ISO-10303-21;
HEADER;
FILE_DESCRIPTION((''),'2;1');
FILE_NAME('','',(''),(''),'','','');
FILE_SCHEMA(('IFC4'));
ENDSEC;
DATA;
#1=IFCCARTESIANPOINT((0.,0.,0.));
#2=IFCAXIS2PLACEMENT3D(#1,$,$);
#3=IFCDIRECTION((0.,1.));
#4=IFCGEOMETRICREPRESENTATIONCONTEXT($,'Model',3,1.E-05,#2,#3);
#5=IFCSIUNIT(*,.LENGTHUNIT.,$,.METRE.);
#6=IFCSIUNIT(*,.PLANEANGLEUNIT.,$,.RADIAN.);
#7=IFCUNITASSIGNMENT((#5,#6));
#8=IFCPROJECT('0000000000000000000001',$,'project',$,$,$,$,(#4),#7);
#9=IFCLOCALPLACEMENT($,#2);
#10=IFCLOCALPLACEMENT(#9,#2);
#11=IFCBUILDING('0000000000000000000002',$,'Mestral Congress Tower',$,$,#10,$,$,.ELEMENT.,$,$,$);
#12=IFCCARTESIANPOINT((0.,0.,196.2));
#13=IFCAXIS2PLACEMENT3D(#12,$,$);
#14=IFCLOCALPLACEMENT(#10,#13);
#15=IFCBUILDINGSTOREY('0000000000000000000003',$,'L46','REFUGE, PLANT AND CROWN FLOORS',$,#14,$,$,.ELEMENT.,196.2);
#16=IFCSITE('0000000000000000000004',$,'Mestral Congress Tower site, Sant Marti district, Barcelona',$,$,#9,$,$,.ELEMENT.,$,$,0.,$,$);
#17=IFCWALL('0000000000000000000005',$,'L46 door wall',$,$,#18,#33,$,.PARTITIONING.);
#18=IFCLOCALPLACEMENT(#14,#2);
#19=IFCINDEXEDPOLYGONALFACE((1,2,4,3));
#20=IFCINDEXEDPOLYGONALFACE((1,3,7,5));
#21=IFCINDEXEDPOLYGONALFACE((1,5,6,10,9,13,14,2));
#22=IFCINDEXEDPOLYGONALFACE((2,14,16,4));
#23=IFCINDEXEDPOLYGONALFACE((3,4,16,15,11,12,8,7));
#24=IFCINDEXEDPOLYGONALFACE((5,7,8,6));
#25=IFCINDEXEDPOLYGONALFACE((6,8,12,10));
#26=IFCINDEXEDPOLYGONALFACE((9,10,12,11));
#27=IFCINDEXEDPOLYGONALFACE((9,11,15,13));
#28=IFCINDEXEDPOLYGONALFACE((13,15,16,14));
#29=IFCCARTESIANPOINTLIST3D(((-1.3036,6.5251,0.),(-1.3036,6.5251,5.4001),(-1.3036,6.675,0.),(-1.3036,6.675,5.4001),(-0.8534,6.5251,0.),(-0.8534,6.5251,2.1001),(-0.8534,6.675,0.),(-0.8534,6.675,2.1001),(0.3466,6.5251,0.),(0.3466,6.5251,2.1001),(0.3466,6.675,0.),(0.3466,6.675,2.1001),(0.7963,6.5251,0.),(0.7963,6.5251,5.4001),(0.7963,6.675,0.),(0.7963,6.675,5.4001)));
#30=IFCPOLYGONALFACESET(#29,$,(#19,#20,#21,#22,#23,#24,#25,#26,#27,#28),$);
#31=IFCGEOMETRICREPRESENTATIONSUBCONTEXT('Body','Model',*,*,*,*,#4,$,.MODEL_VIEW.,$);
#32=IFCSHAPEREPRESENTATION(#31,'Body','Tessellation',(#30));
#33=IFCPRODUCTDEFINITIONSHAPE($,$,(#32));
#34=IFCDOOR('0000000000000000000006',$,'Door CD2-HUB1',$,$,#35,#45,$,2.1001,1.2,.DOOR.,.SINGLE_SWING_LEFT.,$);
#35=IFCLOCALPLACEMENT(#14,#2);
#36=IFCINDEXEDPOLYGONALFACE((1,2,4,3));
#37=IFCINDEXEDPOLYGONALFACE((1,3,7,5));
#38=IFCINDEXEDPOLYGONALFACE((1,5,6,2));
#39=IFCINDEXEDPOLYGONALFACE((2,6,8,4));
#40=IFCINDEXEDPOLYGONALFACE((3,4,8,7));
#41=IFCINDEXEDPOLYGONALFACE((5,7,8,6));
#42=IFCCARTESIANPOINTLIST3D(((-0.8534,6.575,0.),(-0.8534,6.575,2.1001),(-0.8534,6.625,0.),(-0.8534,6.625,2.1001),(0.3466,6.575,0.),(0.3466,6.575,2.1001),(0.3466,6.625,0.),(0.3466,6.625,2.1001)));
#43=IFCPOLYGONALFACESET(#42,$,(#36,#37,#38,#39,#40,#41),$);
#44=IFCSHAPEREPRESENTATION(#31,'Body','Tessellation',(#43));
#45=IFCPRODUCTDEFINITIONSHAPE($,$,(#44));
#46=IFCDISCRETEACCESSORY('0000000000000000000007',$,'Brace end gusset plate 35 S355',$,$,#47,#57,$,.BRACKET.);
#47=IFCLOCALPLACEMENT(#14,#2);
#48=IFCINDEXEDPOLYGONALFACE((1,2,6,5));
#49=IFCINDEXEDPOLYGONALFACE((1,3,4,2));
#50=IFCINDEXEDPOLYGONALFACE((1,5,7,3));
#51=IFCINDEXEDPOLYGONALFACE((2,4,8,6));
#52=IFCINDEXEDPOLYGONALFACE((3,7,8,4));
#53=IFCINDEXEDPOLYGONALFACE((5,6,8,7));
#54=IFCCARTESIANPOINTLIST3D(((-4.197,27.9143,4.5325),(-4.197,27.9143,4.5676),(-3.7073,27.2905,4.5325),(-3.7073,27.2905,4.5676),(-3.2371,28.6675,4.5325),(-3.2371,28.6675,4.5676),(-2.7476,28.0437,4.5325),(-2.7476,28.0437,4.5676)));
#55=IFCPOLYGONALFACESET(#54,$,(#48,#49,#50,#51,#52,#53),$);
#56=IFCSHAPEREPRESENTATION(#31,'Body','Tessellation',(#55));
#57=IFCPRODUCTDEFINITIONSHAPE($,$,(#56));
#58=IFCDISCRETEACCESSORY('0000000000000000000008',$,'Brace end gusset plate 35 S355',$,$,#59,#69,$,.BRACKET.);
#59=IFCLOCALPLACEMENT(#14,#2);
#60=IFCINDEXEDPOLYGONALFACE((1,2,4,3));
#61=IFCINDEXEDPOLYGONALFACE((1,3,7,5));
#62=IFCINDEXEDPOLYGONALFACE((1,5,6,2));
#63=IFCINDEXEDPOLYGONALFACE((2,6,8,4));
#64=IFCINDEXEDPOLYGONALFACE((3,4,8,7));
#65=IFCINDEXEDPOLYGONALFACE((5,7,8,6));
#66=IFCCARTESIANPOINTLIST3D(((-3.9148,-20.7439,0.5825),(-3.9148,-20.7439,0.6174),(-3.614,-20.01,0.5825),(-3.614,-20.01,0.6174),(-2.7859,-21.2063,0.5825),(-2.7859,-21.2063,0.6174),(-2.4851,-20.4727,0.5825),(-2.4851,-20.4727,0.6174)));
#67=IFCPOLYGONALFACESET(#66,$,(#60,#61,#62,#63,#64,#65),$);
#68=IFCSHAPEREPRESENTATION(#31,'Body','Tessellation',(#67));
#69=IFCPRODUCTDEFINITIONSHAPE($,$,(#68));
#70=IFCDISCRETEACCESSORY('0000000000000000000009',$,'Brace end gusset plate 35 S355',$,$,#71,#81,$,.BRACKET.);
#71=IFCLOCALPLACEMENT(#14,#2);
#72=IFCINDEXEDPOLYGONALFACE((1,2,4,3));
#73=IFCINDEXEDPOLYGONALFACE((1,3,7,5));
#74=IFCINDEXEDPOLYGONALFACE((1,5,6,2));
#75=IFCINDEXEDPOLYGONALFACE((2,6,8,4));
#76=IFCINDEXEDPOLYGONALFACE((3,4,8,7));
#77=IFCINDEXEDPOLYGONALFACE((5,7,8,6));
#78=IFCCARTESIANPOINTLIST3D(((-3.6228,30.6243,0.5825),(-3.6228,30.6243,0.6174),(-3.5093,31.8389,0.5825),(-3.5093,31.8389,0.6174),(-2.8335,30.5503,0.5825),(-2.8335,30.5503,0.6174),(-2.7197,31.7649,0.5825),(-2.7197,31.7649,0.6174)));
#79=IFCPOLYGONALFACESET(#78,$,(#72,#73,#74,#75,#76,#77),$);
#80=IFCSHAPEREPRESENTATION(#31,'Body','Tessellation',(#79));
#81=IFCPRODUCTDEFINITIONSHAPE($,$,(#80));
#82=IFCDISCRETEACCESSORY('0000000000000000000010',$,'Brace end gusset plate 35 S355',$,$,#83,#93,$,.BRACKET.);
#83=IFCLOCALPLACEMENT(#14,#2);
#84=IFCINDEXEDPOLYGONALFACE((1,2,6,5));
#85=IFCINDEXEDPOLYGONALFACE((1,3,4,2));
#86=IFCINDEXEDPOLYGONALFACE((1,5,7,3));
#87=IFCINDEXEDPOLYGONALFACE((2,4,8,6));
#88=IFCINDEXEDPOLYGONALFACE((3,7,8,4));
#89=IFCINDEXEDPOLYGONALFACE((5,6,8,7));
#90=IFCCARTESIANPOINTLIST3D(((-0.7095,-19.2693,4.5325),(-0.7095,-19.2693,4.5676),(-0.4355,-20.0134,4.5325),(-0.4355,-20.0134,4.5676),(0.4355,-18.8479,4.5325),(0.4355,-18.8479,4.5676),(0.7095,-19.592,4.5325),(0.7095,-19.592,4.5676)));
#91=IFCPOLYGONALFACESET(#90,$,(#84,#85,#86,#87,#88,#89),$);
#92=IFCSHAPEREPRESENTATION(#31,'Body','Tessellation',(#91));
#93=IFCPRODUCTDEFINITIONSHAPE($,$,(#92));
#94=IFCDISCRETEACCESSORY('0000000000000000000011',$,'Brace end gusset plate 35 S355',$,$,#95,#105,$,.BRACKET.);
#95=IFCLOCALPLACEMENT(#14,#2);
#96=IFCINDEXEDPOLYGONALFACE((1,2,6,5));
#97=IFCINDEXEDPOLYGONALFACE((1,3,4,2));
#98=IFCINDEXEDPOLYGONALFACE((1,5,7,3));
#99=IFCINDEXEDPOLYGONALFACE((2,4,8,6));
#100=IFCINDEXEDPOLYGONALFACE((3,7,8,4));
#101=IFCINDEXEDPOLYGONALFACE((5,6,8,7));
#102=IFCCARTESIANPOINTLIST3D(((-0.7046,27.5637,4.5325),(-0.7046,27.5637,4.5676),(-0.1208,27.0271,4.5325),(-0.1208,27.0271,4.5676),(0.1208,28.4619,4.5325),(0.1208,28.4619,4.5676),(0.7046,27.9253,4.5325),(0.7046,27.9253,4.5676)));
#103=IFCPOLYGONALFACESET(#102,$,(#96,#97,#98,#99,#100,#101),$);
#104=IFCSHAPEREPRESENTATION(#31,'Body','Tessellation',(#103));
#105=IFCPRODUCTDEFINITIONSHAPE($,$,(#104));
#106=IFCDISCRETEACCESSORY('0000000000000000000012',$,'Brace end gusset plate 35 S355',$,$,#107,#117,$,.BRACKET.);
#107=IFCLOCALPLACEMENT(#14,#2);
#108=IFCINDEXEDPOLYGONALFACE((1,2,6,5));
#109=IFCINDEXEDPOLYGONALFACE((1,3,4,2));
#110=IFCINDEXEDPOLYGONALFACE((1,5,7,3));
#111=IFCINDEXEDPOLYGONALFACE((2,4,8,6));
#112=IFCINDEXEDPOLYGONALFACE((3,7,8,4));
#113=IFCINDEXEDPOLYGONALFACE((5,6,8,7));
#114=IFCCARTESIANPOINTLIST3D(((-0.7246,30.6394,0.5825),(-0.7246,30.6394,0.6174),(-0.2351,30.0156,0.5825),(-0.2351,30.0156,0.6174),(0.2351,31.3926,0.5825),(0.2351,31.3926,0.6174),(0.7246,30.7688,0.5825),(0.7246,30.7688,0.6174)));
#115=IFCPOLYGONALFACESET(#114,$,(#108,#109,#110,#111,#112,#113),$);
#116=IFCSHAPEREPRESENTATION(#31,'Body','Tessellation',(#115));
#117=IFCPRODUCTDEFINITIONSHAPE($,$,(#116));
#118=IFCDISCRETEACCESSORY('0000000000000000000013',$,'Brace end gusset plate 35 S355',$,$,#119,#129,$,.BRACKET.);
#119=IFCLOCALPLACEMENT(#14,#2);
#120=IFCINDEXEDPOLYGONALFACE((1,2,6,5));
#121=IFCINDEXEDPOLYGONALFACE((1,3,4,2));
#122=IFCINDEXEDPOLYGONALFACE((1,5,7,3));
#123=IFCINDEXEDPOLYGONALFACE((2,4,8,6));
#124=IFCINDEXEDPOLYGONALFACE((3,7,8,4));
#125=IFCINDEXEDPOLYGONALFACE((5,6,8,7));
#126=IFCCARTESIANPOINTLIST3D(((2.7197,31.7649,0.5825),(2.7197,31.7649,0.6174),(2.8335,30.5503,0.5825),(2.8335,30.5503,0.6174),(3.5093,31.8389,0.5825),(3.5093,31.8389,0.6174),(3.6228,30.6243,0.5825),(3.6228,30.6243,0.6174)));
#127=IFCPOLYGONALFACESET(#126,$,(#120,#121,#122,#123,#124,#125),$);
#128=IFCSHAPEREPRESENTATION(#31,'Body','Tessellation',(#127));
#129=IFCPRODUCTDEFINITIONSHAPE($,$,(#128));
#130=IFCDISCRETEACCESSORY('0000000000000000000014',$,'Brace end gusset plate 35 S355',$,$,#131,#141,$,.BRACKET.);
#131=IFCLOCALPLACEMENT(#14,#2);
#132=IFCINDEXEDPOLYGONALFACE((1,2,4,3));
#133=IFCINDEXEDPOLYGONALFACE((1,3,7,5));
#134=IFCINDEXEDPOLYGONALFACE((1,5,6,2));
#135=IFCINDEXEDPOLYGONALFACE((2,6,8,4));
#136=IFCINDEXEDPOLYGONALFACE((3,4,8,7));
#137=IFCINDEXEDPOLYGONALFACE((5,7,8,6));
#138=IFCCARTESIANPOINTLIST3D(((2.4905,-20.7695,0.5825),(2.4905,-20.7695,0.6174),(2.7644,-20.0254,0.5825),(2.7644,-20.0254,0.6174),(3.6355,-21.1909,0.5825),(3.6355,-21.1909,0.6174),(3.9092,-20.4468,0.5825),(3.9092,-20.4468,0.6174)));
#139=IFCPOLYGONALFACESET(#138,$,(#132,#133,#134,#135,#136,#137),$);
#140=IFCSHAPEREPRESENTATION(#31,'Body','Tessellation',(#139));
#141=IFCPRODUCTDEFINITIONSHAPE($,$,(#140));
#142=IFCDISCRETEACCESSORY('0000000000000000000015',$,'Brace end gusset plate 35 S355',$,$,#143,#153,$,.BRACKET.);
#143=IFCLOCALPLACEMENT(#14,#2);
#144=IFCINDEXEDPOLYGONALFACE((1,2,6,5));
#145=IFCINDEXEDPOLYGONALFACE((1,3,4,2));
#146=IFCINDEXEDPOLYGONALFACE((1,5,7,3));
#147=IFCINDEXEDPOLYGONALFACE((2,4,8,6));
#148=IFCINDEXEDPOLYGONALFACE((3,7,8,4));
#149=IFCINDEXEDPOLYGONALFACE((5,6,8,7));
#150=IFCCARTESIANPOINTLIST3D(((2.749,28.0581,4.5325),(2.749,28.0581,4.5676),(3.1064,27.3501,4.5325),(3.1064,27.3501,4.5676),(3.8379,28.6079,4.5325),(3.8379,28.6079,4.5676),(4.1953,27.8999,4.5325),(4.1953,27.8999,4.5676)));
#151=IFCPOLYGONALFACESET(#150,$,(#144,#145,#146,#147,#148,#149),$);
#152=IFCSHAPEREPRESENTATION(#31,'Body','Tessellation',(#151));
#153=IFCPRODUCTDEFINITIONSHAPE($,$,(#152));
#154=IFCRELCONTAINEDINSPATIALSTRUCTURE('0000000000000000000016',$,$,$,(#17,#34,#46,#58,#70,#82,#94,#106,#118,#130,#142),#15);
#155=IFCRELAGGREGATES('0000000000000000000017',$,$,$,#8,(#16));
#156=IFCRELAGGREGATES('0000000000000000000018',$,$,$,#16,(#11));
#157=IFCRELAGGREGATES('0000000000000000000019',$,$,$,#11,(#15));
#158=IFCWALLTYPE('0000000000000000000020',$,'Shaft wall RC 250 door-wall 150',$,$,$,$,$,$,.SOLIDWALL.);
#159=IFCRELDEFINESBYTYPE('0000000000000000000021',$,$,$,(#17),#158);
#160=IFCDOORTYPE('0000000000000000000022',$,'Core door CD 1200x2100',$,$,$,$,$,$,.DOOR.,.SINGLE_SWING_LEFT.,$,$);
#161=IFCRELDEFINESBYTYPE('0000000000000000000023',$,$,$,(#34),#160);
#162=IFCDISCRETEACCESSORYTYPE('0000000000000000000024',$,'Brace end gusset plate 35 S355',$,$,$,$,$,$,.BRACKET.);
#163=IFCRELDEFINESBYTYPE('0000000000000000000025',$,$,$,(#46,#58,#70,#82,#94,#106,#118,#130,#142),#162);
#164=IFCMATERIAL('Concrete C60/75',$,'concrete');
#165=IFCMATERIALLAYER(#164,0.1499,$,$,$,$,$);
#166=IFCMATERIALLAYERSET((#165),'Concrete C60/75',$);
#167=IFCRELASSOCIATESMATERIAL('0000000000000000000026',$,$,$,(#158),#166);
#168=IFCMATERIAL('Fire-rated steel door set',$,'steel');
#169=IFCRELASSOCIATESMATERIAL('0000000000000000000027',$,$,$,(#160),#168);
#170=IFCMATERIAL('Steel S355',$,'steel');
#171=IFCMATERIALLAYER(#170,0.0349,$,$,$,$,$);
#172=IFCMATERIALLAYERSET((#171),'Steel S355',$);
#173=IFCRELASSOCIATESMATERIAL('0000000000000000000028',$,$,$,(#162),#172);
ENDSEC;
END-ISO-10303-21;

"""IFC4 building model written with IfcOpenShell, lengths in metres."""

from ifc_helpers import new_model, si_unit, direction, frame, frame_2d, origin, place, context, subcontext, project, spatial, polyline, rectangle, outline, extrude, material, layer, layer_set, type_object, element, fill, save


model = new_model("IFC4")

# Units and contexts
model_context = context("Model", 3, precision=1e-05, world=origin(), true_north=direction((0.0, 1.0)))
body_context = subcontext(model_context, "Body", "Model", "MODEL_VIEW")
ifc_project = project(units=[si_unit("LENGTHUNIT", "METRE"), si_unit("PLANEANGLEUNIT", "RADIAN")], contexts=[model_context])

# Site, building, storey
site_placement = place(None, origin())
site = spatial("IfcSite", under=ifc_project, at=site_placement, Name="Mestral Congress Tower site, Sant Marti district, Barcelona", CompositionType="ELEMENT", RefElevation=0.0)
building_placement = place(site_placement, origin())
building = spatial("IfcBuilding", under=site, at=building_placement, Name="Mestral Congress Tower", CompositionType="ELEMENT")
storey_placement = place(building_placement, frame((0.0, 0.0, 196.2)))
storey = spatial("IfcBuildingStorey", under=building, at=storey_placement, Name="L46", Description="REFUGE, PLANT AND CROWN FLOORS", CompositionType="ELEMENT", Elevation=196.2)

# Shared definitions
ifc_material_1 = material(Name="Fire-rated steel door set", Category="steel")

# Shared definitions
ifc_material_2 = material(Name="Concrete C60/75", Category="concrete")

# Wall, opening, door
ifc_layer_1 = layer(ifc_material_2, 0.1499)
ifc_layer_set_1 = layer_set([ifc_layer_1], Name="Concrete C60/75")
wall_type_1 = type_object("IfcWallType", Name="Shaft wall RC 250 door-wall 150", PredefinedType="SOLIDWALL", material=ifc_layer_set_1)
wall_1_placement = place(storey_placement, frame((-1.3035, 6.6001, 0.0), z_axis=(0.0, 0.0, 1.0), x_axis=(1.0, 0.0, 0.0)))
wall_1 = element("IfcWall", 1, at=wall_1_placement, inside=storey, type_object=wall_type_1, Name="L46 door wall", PredefinedType="PARTITIONING", context=body_context, shape_type="SweptSolid", body=[
    extrude(rectangle(XDim=2.0999, YDim=0.1499, at=frame_2d((1.0498, 0.0))), origin(), (0.0, 0.0, 1.0), 5.4001),
])
opening_1_placement = place(wall_1_placement, frame((0.45, 0.0, 0.0)))
opening_1 = element("IfcOpeningElement", 2, at=opening_1_placement, cuts=wall_1, PredefinedType="OPENING", context=body_context, shape_type="SweptSolid", body=[
    extrude(rectangle(XDim=1.2, YDim=2.1001, at=frame_2d((0.6001, 1.05))), frame((0.0, 0.085, 0.0), z_axis=(0.0, -1.0, 0.0), x_axis=(1.0, 0.0, 0.0)), (0.0, 0.0, 1.0), 0.1699),
])
door_type_1 = type_object("IfcDoorType", Name="Core door CD 1200x2100", OperationType="SINGLE_SWING_LEFT", PredefinedType="DOOR", material=ifc_material_1)
door_1_placement = place(opening_1_placement, origin())
door_1 = element("IfcDoor", 3, at=door_1_placement, inside=storey, type_object=door_type_1, Name="Door CD2-HUB1", OperationType="SINGLE_SWING_LEFT", OverallHeight=2.1001, OverallWidth=1.2, PredefinedType="DOOR", context=body_context, shape_type="SweptSolid", body=[
    extrude(rectangle(XDim=1.2, YDim=2.1001, at=frame_2d((0.6001, 1.05))), frame((0.0, 0.0249, 0.0), z_axis=(0.0, -1.0, 0.0), x_axis=(1.0, 0.0, 0.0)), (0.0, 0.0, 1.0), 0.05),
])
fill(opening_1, door_1)

# Discrete accessories
ifc_material_3 = material(Name="Steel S355", Category="steel")
ifc_layer_2 = layer(ifc_material_3, 0.0349)
ifc_layer_set_2 = layer_set([ifc_layer_2], Name="Steel S355")
discrete_accessory_type = type_object("IfcDiscreteAccessoryType", Name="Brace end gusset plate 35 S355", PredefinedType="BRACKET", material=ifc_layer_set_2)
placement_1 = place(storey_placement, frame((0.0, 0.0, 4.5325)))
element("IfcDiscreteAccessory", 4, at=placement_1, inside=storey, type_object=discrete_accessory_type, Name="Brace end gusset plate 35 S355", PredefinedType="BRACKET", context=body_context, shape_type="SweptSolid", body=[
    extrude(outline(polyline([(-3.7073, 27.2905), (-2.7476, 28.0437), (-3.2371, 28.6675), (-4.197, 27.9143), (-3.7073, 27.2905)])), origin(), (0.0, 0.0, 1.0), 0.0352),
])
placement_2 = place(storey_placement, frame((0.0, 0.0, 0.5825)))
element("IfcDiscreteAccessory", 5, at=placement_2, inside=storey, type_object=discrete_accessory_type, Name="Brace end gusset plate 35 S355", PredefinedType="BRACKET", context=body_context, shape_type="SweptSolid", body=[
    extrude(outline(polyline([(-2.4851, -20.4727), (-3.614, -20.01), (-3.9148, -20.7439), (-2.7859, -21.2063), (-2.4851, -20.4727)])), origin(), (0.0, 0.0, 1.0), 0.0349),
])
element("IfcDiscreteAccessory", 6, at=placement_2, inside=storey, type_object=discrete_accessory_type, Name="Brace end gusset plate 35 S355", PredefinedType="BRACKET", context=body_context, shape_type="SweptSolid", body=[
    extrude(outline(polyline([(-3.5093, 31.8389), (-3.6228, 30.6243), (-2.8335, 30.5503), (-2.7197, 31.7649), (-3.5093, 31.8389)])), origin(), (0.0, 0.0, 1.0), 0.0349),
])
element("IfcDiscreteAccessory", 7, at=placement_1, inside=storey, type_object=discrete_accessory_type, Name="Brace end gusset plate 35 S355", PredefinedType="BRACKET", context=body_context, shape_type="SweptSolid", body=[
    extrude(outline(polyline([(0.4355, -18.8479), (-0.7095, -19.2693), (-0.4355, -20.0134), (0.7095, -19.592), (0.4355, -18.8479)])), origin(), (0.0, 0.0, 1.0), 0.0352),
])
element("IfcDiscreteAccessory", 8, at=placement_1, inside=storey, type_object=discrete_accessory_type, Name="Brace end gusset plate 35 S355", PredefinedType="BRACKET", context=body_context, shape_type="SweptSolid", body=[
    extrude(outline(polyline([(-0.1208, 27.0271), (0.7046, 27.9253), (0.1208, 28.4619), (-0.7046, 27.5637), (-0.1208, 27.0271)])), origin(), (0.0, 0.0, 1.0), 0.0352),
])
element("IfcDiscreteAccessory", 9, at=placement_2, inside=storey, type_object=discrete_accessory_type, Name="Brace end gusset plate 35 S355", PredefinedType="BRACKET", context=body_context, shape_type="SweptSolid", body=[
    extrude(outline(polyline([(0.2351, 31.3926), (-0.7246, 30.6394), (-0.2351, 30.0156), (0.7246, 30.7688), (0.2351, 31.3926)])), origin(), (0.0, 0.0, 1.0), 0.0349),
])
element("IfcDiscreteAccessory", 10, at=placement_2, inside=storey, type_object=discrete_accessory_type, Name="Brace end gusset plate 35 S355", PredefinedType="BRACKET", context=body_context, shape_type="SweptSolid", body=[
    extrude(outline(polyline([(2.7197, 31.7649), (2.8335, 30.5503), (3.6228, 30.6243), (3.5093, 31.8389), (2.7197, 31.7649)])), origin(), (0.0, 0.0, 1.0), 0.0349),
])
element("IfcDiscreteAccessory", 11, at=placement_2, inside=storey, type_object=discrete_accessory_type, Name="Brace end gusset plate 35 S355", PredefinedType="BRACKET", context=body_context, shape_type="SweptSolid", body=[
    extrude(outline(polyline([(3.9092, -20.4468), (2.7644, -20.0254), (2.4905, -20.7695), (3.6355, -21.1909), (3.9092, -20.4468)])), origin(), (0.0, 0.0, 1.0), 0.0349),
])
element("IfcDiscreteAccessory", 12, at=placement_1, inside=storey, type_object=discrete_accessory_type, Name="Brace end gusset plate 35 S355", PredefinedType="BRACKET", context=body_context, shape_type="SweptSolid", body=[
    extrude(outline(polyline([(3.1064, 27.3501), (4.1953, 27.8999), (3.8379, 28.6079), (2.749, 28.0581), (3.1064, 27.3501)])), origin(), (0.0, 0.0, 1.0), 0.0352),
])

save(model, "model.ifc")
